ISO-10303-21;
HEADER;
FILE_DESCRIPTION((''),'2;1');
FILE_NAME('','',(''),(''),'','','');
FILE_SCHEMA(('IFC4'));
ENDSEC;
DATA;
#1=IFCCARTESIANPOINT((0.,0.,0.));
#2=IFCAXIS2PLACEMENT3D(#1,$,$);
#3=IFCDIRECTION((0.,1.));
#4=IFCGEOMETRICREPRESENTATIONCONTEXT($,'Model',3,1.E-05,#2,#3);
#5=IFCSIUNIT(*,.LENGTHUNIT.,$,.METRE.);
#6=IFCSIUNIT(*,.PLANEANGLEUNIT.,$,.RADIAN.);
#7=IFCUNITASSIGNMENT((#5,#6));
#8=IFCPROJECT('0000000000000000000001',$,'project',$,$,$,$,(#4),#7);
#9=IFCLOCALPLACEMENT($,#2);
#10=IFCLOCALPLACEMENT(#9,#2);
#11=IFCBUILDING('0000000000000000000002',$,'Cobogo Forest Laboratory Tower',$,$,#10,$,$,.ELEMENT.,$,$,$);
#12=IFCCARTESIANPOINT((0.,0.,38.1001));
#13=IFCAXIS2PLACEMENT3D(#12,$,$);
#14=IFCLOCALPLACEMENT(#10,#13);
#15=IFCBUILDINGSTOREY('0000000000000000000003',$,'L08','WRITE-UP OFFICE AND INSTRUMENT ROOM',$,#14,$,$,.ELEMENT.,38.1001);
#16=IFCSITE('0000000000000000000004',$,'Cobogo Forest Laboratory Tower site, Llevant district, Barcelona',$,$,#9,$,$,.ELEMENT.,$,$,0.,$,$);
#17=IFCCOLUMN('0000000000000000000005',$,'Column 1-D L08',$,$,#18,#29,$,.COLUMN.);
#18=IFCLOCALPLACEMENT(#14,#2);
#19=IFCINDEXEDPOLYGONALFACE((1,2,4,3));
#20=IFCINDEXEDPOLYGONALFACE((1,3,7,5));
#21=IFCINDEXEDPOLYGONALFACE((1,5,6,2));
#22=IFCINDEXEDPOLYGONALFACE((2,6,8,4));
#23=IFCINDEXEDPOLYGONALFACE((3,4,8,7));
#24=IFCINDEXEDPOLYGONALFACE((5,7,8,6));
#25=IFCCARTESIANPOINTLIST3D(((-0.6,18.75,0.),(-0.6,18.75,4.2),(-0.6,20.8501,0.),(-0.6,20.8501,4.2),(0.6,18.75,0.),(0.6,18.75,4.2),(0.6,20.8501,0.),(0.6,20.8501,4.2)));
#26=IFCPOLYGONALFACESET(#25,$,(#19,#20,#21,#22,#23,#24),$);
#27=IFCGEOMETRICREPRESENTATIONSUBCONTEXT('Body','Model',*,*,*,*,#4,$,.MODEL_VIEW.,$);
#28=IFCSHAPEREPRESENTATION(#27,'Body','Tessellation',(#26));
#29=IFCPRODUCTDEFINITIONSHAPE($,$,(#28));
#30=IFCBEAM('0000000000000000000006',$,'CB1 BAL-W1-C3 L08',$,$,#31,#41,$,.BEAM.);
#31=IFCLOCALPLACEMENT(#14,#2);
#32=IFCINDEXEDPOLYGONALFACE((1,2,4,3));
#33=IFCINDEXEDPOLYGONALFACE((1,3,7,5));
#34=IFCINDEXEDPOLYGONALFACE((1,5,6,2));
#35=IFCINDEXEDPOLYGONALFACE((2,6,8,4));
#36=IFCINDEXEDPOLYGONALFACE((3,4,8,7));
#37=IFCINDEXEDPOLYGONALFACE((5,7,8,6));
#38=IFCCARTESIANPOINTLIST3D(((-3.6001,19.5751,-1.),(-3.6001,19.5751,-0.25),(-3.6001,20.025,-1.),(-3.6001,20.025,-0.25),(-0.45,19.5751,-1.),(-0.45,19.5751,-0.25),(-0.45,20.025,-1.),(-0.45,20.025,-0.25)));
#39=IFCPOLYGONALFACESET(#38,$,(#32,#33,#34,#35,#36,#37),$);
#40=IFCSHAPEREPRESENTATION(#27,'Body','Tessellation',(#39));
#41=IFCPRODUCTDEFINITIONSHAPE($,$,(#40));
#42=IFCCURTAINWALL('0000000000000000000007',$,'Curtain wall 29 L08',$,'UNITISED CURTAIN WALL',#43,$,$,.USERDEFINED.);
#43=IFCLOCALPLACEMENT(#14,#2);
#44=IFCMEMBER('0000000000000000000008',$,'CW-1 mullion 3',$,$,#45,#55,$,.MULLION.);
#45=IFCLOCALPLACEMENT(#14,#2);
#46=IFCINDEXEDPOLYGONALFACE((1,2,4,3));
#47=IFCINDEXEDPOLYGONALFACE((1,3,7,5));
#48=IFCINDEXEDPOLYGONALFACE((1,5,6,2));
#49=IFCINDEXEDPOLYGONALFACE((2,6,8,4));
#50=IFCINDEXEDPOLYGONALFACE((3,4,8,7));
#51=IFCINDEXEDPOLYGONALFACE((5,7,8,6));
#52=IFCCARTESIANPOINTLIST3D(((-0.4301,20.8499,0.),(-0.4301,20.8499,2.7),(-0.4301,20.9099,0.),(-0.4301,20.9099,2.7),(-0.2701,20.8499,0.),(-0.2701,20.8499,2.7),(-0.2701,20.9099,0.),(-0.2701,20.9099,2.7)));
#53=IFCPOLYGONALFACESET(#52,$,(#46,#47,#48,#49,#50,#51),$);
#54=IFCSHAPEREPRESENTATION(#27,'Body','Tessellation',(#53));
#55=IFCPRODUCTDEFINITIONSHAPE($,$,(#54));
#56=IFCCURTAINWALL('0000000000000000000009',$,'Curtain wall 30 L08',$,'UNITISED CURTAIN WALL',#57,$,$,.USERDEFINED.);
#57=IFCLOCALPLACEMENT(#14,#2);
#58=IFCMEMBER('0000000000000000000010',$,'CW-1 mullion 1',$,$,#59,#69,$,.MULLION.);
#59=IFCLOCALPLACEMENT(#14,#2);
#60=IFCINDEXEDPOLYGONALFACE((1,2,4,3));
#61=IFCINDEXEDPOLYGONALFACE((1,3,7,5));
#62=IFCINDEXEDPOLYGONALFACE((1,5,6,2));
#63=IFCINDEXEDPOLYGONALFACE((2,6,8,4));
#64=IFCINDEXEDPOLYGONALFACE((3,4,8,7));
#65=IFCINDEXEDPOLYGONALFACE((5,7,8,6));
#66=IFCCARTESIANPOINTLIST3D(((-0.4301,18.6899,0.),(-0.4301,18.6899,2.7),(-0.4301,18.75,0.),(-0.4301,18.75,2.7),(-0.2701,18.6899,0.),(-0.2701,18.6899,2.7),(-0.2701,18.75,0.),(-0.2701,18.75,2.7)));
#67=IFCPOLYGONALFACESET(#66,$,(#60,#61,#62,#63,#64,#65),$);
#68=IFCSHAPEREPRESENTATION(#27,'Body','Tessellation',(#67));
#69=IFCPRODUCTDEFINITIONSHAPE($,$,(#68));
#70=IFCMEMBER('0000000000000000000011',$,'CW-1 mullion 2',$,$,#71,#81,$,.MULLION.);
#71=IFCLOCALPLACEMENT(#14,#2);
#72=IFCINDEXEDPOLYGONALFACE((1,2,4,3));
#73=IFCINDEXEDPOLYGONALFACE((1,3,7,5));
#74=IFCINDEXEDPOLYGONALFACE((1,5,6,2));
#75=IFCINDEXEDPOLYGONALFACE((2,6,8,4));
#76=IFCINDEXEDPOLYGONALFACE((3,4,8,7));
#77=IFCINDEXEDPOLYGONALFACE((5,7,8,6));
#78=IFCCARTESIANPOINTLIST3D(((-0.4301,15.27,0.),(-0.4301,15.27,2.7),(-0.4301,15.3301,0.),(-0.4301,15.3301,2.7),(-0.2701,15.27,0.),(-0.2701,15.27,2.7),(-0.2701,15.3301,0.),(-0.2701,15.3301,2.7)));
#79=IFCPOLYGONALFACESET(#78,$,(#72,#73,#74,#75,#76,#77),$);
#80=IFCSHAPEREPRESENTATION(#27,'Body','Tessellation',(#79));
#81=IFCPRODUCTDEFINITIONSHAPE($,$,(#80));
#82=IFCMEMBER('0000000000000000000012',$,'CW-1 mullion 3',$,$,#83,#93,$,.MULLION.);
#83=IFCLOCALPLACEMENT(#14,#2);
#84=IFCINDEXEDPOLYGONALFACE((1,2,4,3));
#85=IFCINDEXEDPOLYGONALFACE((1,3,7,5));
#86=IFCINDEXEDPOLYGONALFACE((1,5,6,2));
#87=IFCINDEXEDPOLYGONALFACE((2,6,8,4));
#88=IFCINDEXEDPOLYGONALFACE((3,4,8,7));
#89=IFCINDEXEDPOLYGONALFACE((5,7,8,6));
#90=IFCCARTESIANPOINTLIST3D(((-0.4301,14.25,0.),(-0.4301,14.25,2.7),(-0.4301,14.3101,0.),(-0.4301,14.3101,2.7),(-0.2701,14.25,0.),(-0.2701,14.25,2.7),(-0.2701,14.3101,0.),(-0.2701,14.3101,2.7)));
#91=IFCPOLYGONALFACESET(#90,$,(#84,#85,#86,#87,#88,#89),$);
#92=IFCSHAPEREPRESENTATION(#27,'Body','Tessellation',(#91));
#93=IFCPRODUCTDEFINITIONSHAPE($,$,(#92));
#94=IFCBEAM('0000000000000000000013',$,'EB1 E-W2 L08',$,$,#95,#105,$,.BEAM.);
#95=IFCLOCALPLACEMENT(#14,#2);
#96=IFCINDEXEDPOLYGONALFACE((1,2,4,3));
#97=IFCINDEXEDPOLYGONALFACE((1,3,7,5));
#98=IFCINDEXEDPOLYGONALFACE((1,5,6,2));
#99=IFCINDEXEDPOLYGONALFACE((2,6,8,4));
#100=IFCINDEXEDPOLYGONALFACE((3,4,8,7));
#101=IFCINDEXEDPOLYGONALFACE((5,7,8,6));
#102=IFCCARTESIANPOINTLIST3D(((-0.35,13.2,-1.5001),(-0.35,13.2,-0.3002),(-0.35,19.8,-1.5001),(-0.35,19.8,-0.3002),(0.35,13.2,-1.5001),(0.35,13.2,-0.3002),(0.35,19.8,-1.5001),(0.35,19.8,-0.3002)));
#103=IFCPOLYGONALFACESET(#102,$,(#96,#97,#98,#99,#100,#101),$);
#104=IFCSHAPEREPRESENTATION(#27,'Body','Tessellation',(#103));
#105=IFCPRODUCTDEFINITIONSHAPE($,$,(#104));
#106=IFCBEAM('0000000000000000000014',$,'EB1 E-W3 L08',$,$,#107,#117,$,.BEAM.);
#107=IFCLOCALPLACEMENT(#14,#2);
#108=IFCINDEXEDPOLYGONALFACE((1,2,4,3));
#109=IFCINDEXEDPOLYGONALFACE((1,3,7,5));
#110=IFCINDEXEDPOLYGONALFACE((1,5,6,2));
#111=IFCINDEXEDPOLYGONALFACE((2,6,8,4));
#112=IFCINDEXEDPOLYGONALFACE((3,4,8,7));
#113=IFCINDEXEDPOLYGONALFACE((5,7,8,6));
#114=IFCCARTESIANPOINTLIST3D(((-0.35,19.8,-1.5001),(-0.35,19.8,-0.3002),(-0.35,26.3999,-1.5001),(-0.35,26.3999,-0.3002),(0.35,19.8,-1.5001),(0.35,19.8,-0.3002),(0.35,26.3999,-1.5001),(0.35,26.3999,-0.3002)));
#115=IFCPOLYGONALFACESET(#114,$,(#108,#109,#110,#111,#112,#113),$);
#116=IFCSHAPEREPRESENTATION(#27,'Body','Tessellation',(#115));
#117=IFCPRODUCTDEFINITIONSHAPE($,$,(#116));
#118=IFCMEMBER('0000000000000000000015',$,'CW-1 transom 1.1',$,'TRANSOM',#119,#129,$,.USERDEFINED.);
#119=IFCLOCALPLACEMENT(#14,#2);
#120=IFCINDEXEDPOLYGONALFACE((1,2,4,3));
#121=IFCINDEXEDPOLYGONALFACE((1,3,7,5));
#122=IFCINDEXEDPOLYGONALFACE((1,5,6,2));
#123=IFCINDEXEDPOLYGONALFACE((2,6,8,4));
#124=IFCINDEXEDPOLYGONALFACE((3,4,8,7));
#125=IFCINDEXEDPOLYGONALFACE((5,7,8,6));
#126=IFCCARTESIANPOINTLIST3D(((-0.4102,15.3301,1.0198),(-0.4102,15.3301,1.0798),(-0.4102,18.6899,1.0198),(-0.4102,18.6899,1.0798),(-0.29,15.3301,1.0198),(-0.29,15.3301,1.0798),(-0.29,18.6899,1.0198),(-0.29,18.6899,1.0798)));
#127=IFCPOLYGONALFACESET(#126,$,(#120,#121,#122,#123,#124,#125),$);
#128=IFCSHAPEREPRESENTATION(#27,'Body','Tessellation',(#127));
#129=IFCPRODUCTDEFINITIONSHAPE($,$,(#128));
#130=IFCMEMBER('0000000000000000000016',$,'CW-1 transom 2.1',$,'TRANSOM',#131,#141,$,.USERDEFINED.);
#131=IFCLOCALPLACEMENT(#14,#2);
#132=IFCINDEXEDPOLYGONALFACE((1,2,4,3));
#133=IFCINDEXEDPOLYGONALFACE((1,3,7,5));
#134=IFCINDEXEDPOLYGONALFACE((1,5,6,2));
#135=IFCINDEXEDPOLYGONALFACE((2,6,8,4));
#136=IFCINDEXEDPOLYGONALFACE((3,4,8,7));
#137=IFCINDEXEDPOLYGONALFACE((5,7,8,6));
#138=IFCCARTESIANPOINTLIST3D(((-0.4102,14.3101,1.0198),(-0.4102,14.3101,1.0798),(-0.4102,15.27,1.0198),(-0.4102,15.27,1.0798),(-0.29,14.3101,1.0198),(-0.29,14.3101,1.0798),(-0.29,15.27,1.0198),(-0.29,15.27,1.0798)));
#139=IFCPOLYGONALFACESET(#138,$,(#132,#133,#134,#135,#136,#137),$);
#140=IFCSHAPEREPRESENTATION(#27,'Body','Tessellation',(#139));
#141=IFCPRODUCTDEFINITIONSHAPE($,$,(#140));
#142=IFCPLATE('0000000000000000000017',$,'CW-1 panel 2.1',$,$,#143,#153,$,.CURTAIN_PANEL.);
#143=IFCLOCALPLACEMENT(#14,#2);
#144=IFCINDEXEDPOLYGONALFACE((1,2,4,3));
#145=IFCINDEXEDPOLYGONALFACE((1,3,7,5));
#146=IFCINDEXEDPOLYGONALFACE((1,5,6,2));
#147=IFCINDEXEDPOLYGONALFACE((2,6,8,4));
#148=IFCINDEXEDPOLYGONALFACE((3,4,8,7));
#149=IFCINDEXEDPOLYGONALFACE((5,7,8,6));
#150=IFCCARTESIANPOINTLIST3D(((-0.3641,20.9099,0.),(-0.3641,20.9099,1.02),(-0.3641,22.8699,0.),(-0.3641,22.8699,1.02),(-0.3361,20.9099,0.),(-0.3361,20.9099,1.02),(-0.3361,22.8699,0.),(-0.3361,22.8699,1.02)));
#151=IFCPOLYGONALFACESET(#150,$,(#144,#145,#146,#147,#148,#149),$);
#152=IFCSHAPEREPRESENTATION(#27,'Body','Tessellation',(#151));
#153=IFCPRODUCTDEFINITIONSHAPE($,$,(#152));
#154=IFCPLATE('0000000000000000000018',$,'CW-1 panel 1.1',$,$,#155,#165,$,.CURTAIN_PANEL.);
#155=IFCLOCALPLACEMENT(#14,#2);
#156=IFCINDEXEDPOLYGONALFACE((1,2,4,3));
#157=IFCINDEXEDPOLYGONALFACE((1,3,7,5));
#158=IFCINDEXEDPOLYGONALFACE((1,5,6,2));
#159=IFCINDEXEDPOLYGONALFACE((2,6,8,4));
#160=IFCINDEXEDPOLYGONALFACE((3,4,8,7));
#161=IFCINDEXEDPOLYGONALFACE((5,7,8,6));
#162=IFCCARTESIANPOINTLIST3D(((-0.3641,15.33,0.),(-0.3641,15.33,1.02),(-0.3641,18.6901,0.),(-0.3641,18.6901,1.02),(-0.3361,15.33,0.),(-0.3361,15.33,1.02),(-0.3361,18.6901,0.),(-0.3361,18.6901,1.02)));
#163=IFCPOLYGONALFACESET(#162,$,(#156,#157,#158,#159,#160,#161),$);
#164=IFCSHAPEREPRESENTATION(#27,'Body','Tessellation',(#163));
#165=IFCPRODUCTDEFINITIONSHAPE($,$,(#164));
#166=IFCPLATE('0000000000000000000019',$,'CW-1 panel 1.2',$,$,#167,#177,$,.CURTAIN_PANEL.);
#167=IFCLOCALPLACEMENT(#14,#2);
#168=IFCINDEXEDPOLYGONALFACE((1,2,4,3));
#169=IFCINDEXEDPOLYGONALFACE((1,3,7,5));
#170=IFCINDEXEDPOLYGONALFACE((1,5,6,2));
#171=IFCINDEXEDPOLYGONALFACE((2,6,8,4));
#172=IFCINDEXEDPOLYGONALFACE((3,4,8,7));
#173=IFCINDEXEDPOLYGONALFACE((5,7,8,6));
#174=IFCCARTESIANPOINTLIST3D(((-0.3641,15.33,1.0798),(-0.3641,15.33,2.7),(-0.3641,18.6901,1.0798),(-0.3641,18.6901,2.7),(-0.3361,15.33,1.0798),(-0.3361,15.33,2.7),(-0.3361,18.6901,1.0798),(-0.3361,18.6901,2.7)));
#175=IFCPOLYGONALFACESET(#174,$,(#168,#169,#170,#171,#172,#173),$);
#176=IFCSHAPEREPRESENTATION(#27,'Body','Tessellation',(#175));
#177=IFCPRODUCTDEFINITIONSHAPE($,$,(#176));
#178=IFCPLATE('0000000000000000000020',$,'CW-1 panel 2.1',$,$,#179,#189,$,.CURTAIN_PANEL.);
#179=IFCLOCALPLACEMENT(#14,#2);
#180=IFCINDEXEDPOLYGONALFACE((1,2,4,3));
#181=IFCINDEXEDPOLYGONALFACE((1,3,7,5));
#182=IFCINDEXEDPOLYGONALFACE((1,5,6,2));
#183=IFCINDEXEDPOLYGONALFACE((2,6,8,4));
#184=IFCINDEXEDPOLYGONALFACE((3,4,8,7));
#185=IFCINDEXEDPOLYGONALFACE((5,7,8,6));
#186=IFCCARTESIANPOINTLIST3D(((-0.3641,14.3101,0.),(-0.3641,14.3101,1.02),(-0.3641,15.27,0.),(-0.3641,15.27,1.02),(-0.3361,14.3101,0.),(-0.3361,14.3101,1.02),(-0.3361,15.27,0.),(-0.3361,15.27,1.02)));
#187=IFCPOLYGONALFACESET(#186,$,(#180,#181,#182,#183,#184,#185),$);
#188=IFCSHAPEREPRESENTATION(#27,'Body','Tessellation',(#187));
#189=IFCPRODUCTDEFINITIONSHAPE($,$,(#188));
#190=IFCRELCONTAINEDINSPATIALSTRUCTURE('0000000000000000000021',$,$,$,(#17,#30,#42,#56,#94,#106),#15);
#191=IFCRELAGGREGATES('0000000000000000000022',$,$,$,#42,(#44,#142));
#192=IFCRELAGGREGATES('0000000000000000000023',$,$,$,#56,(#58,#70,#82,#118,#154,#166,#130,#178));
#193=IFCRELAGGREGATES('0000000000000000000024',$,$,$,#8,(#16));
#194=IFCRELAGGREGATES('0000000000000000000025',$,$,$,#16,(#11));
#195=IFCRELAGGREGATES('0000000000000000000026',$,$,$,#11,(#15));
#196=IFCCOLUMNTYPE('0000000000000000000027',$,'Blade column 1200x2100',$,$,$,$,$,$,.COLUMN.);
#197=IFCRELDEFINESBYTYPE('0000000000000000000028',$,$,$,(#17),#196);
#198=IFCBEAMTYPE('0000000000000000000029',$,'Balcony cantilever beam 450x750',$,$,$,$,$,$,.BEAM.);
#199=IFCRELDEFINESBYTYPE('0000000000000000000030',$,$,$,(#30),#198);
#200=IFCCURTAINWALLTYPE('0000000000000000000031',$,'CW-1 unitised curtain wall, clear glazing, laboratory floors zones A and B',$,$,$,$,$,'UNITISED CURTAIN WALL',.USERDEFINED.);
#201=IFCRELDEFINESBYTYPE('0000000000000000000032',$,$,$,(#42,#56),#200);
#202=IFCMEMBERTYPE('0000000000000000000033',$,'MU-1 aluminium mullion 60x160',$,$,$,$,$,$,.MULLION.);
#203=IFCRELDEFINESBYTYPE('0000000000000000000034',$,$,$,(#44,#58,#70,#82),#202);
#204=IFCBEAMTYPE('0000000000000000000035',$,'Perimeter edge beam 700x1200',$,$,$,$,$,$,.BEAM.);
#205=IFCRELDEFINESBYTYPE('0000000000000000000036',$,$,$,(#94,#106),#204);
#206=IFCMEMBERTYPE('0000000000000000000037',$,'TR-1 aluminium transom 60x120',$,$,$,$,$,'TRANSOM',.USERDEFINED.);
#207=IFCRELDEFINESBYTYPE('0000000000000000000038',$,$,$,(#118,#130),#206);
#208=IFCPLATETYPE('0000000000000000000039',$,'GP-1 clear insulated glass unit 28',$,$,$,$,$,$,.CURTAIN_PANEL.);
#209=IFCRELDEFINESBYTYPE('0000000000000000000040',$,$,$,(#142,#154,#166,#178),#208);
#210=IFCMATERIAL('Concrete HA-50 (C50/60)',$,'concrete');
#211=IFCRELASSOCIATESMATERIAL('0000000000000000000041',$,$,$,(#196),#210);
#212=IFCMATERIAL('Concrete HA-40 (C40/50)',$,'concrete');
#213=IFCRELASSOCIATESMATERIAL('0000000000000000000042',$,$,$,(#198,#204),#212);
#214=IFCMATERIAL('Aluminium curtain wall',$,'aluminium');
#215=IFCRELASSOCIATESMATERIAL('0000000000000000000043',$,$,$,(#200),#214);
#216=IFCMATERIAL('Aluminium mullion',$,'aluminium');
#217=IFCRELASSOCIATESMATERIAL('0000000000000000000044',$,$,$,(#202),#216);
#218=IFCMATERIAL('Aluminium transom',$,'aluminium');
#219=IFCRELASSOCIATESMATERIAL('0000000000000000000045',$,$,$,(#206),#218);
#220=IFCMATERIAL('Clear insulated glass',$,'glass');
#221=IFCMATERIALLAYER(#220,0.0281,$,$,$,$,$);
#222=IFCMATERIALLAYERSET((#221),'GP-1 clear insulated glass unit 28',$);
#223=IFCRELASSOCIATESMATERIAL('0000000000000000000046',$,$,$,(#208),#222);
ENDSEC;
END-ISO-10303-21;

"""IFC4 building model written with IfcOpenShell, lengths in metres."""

from ifc_helpers import new_model, si_unit, direction, frame, origin, origin_2d, place, context, subcontext, project, spatial, rectangle, extrude, material, layer, layer_set, material_profile, profile_set, type_object, element, aggregate, save


model = new_model("IFC4")

# Units and contexts
model_context = context("Model", 3, precision=1e-05, world=origin(), true_north=direction((0.0, 1.0)))
body_context = subcontext(model_context, "Body", "Model", "MODEL_VIEW")
ifc_project = project(units=[si_unit("LENGTHUNIT", "METRE"), si_unit("PLANEANGLEUNIT", "RADIAN")], contexts=[model_context])

# Site, building, storey
site_placement = place(None, origin())
site = spatial("IfcSite", under=ifc_project, at=site_placement, Name="Cobogo Forest Laboratory Tower site, Llevant district, Barcelona", CompositionType="ELEMENT", RefElevation=0.0)
building_placement = place(site_placement, origin())
building = spatial("IfcBuilding", under=site, at=building_placement, Name="Cobogo Forest Laboratory Tower", CompositionType="ELEMENT")
storey_placement = place(building_placement, frame((0.0, 0.0, 38.1001)))
storey = spatial("IfcBuildingStorey", under=building, at=storey_placement, Name="L08", Description="WRITE-UP OFFICE AND INSTRUMENT ROOM", CompositionType="ELEMENT", Elevation=38.1001)

# Column
ifc_material_1 = material(Name="Concrete HA-50 (C50/60)", Category="concrete")
ifc_material_profile_1 = material_profile(ifc_material_1, rectangle(XDim=2.1001, YDim=1.2, at=origin_2d()), Name="RC 1200x2100")
ifc_profile_set_1 = profile_set([ifc_material_profile_1], Name="Concrete HA-50 (C50/60)")
column_type = type_object("IfcColumnType", Name="Blade column 1200x2100", PredefinedType="COLUMN", material=ifc_profile_set_1)
column_placement = place(storey_placement, frame((0.0, 19.8, 0.0), z_axis=(0.0, 0.0, 1.0), x_axis=(0.0, 1.0, 0.0)))
element("IfcColumn", 1, at=column_placement, inside=storey, type_object=column_type, Name="Column 1-D L08", PredefinedType="COLUMN", context=body_context, shape_type="SweptSolid", body=[
    extrude(rectangle(XDim=2.1001, YDim=1.2, at=origin_2d()), origin(), (0.0, 0.0, 1.0), 4.2),
])

# Beam
ifc_material_2 = material(Name="Concrete HA-40 (C40/50)", Category="concrete")
ifc_material_profile_2 = material_profile(ifc_material_2, rectangle(XDim=0.45, YDim=0.75, at=origin_2d()), Name="RC 450x750")
ifc_profile_set_2 = profile_set([ifc_material_profile_2], Name="Concrete HA-40 (C40/50)")
beam_type_1 = type_object("IfcBeamType", Name="Balcony cantilever beam 450x750", PredefinedType="BEAM", material=ifc_profile_set_2)
beam_1_placement = place(storey_placement, frame((-0.45, 19.8, -0.625), z_axis=(-1.0, 0.0, 0.0), x_axis=(0.0, -1.0, 0.0)))
element("IfcBeam", 2, at=beam_1_placement, inside=storey, type_object=beam_type_1, Name="CB1 BAL-W1-C3 L08", PredefinedType="BEAM", context=body_context, shape_type="SweptSolid", body=[
    extrude(rectangle(XDim=0.45, YDim=0.75, at=origin_2d()), origin(), (0.0, 0.0, 1.0), 3.1501),
])

# Curtain wall, member
ifc_material_3 = material(Name="Aluminium curtain wall", Category="aluminium")
curtain_wall_type = type_object("IfcCurtainWallType", Name="CW-1 unitised curtain wall, clear glazing, laboratory floors zones A and B", ElementType="UNITISED CURTAIN WALL", PredefinedType="USERDEFINED", material=ifc_material_3)
curtain_wall_1_placement = place(storey_placement, origin())
curtain_wall_1 = element("IfcCurtainWall", 3, at=curtain_wall_1_placement, inside=storey, type_object=curtain_wall_type, Name="Curtain wall 29 L08", ObjectType="UNITISED CURTAIN WALL", PredefinedType="USERDEFINED")
ifc_material_4 = material(Name="Aluminium mullion", Category="aluminium")
ifc_material_profile_3 = material_profile(ifc_material_4, rectangle(XDim=0.0601, YDim=0.1599, at=origin_2d()), Name="AL 60x160")
ifc_profile_set_3 = profile_set([ifc_material_profile_3], Name="Aluminium mullion")
member_type_1 = type_object("IfcMemberType", Name="MU-1 aluminium mullion 60x160", PredefinedType="MULLION", material=ifc_profile_set_3)
member_1_placement = place(storey_placement, frame((-0.3501, 20.8799, 0.0), z_axis=(0.0, 0.0, 1.0), x_axis=(0.0, -1.0, 0.0)))
member_1 = element("IfcMember", 4, at=member_1_placement, type_object=member_type_1, Name="CW-1 mullion 3", PredefinedType="MULLION", context=body_context, shape_type="SweptSolid", body=[
    extrude(rectangle(XDim=0.0601, YDim=0.1599, at=origin_2d()), origin(), (0.0, 0.0, 1.0), 2.7),
])

# Curtain wall, members
curtain_wall_2_placement = place(storey_placement, origin())
curtain_wall_2 = element("IfcCurtainWall", 5, at=curtain_wall_2_placement, inside=storey, type_object=curtain_wall_type, Name="Curtain wall 30 L08", ObjectType="UNITISED CURTAIN WALL", PredefinedType="USERDEFINED")
member_2_placement = place(storey_placement, frame((-0.3501, 18.72, 0.0), z_axis=(0.0, 0.0, 1.0), x_axis=(0.0, -1.0, 0.0)))
member_2 = element("IfcMember", 6, at=member_2_placement, type_object=member_type_1, Name="CW-1 mullion 1", PredefinedType="MULLION", context=body_context, shape_type="SweptSolid", body=[
    extrude(rectangle(XDim=0.0601, YDim=0.1599, at=origin_2d()), origin(), (0.0, 0.0, 1.0), 2.7),
])
member_3_placement = place(storey_placement, frame((-0.3501, 15.3, 0.0), z_axis=(0.0, 0.0, 1.0), x_axis=(0.0, -1.0, 0.0)))
member_3 = element("IfcMember", 7, at=member_3_placement, type_object=member_type_1, Name="CW-1 mullion 2", PredefinedType="MULLION", context=body_context, shape_type="SweptSolid", body=[
    extrude(rectangle(XDim=0.0601, YDim=0.1599, at=origin_2d()), origin(), (0.0, 0.0, 1.0), 2.7),
])
member_4_placement = place(storey_placement, frame((-0.3501, 14.28, 0.0), z_axis=(0.0, 0.0, 1.0), x_axis=(0.0, -1.0, 0.0)))
member_4 = element("IfcMember", 8, at=member_4_placement, type_object=member_type_1, Name="CW-1 mullion 3", PredefinedType="MULLION", context=body_context, shape_type="SweptSolid", body=[
    extrude(rectangle(XDim=0.0601, YDim=0.1599, at=origin_2d()), origin(), (0.0, 0.0, 1.0), 2.7),
])

# Beams
ifc_material_profile_4 = material_profile(ifc_material_2, rectangle(XDim=0.7, YDim=1.2, at=origin_2d()), Name="RC 700x1200")
ifc_profile_set_4 = profile_set([ifc_material_profile_4], Name="Concrete HA-40 (C40/50)")
beam_type_2 = type_object("IfcBeamType", Name="Perimeter edge beam 700x1200", PredefinedType="BEAM", material=ifc_profile_set_4)
beam_2_placement = place(storey_placement, frame((0.0, 13.2, -0.9001), z_axis=(0.0, 1.0, 0.0), x_axis=(-1.0, 0.0, 0.0)))
element("IfcBeam", 9, at=beam_2_placement, inside=storey, type_object=beam_type_2, Name="EB1 E-W2 L08", PredefinedType="BEAM", context=body_context, shape_type="SweptSolid", body=[
    extrude(rectangle(XDim=0.7, YDim=1.2, at=origin_2d()), origin(), (0.0, 0.0, 1.0), 6.6001),
])
beam_3_placement = place(storey_placement, frame((0.0, 19.8, -0.9001), z_axis=(0.0, 1.0, 0.0), x_axis=(-1.0, 0.0, 0.0)))
element("IfcBeam", 10, at=beam_3_placement, inside=storey, type_object=beam_type_2, Name="EB1 E-W3 L08", PredefinedType="BEAM", context=body_context, shape_type="SweptSolid", body=[
    extrude(rectangle(XDim=0.7, YDim=1.2, at=origin_2d()), origin(), (0.0, 0.0, 1.0), 6.5999),
])

# Members
ifc_material_5 = material(Name="Aluminium transom", Category="aluminium")
ifc_material_profile_5 = material_profile(ifc_material_5, rectangle(XDim=0.1201, YDim=0.0601, at=origin_2d()), Name="AL 60x120")
ifc_profile_set_5 = profile_set([ifc_material_profile_5], Name="Aluminium transom")
member_type_2 = type_object("IfcMemberType", Name="TR-1 aluminium transom 60x120", ElementType="TRANSOM", PredefinedType="USERDEFINED", material=ifc_profile_set_5)
member_5_placement = place(storey_placement, frame((-0.3501, 18.6899, 1.0498), z_axis=(0.0, -1.0, 0.0), x_axis=(1.0, 0.0, 0.0)))
member_5 = element("IfcMember", 11, at=member_5_placement, type_object=member_type_2, Name="CW-1 transom 1.1", ObjectType="TRANSOM", PredefinedType="USERDEFINED", context=body_context, shape_type="SweptSolid", body=[
    extrude(rectangle(XDim=0.1201, YDim=0.0601, at=origin_2d()), origin(), (0.0, 0.0, 1.0), 3.3599),
])
member_6_placement = place(storey_placement, frame((-0.3501, 15.27, 1.0498), z_axis=(0.0, -1.0, 0.0), x_axis=(1.0, 0.0, 0.0)))
member_6 = element("IfcMember", 12, at=member_6_placement, type_object=member_type_2, Name="CW-1 transom 2.1", ObjectType="TRANSOM", PredefinedType="USERDEFINED", context=body_context, shape_type="SweptSolid", body=[
    extrude(rectangle(XDim=0.1201, YDim=0.0601, at=origin_2d()), origin(), (0.0, 0.0, 1.0), 0.96),
])

# Plates
ifc_material_6 = material(Name="Clear insulated glass", Category="glass")
ifc_layer_1 = layer(ifc_material_6, 0.0281)
ifc_layer_set_1 = layer_set([ifc_layer_1], Name="GP-1 clear insulated glass unit 28")
plate_type_1 = type_object("IfcPlateType", Name="GP-1 clear insulated glass unit 28", PredefinedType="CURTAIN_PANEL", material=ifc_layer_set_1)
plate_1_placement = place(storey_placement, frame((-0.3501, 21.8899, 0.0), z_axis=(0.0, 0.0, 1.0), x_axis=(0.0, -1.0, 0.0)))
plate_1 = element("IfcPlate", 13, at=plate_1_placement, type_object=plate_type_1, Name="CW-1 panel 2.1", PredefinedType="CURTAIN_PANEL", context=body_context, shape_type="SweptSolid", body=[
    extrude(rectangle(XDim=1.96, YDim=0.0281, at=origin_2d()), origin(), (0.0, 0.0, 1.0), 1.02),
])
aggregate(curtain_wall_1, [member_1, plate_1])
plate_2_placement = place(storey_placement, frame((-0.3501, 17.01, 0.0), z_axis=(0.0, 0.0, 1.0), x_axis=(0.0, -1.0, 0.0)))
plate_2 = element("IfcPlate", 14, at=plate_2_placement, type_object=plate_type_1, Name="CW-1 panel 1.1", PredefinedType="CURTAIN_PANEL", context=body_context, shape_type="SweptSolid", body=[
    extrude(rectangle(XDim=3.3601, YDim=0.0281, at=origin_2d()), origin(), (0.0, 0.0, 1.0), 1.02),
])
plate_3_placement = place(storey_placement, frame((-0.3501, 17.01, 1.0798), z_axis=(0.0, 0.0, 1.0), x_axis=(0.0, -1.0, 0.0)))
plate_3 = element("IfcPlate", 15, at=plate_3_placement, type_object=plate_type_1, Name="CW-1 panel 1.2", PredefinedType="CURTAIN_PANEL", context=body_context, shape_type="SweptSolid", body=[
    extrude(rectangle(XDim=3.3601, YDim=0.0281, at=origin_2d()), origin(), (0.0, 0.0, 1.0), 1.6201),
])
plate_4_placement = place(storey_placement, frame((-0.3501, 14.79, 0.0), z_axis=(0.0, 0.0, 1.0), x_axis=(0.0, -1.0, 0.0)))
plate_4 = element("IfcPlate", 16, at=plate_4_placement, type_object=plate_type_1, Name="CW-1 panel 2.1", PredefinedType="CURTAIN_PANEL", context=body_context, shape_type="SweptSolid", body=[
    extrude(rectangle(XDim=0.96, YDim=0.0281, at=origin_2d()), origin(), (0.0, 0.0, 1.0), 1.02),
])
aggregate(curtain_wall_2, [member_2, member_3, member_4, member_5, plate_2, plate_3, member_6, plate_4])

save(model, "model.ifc")
